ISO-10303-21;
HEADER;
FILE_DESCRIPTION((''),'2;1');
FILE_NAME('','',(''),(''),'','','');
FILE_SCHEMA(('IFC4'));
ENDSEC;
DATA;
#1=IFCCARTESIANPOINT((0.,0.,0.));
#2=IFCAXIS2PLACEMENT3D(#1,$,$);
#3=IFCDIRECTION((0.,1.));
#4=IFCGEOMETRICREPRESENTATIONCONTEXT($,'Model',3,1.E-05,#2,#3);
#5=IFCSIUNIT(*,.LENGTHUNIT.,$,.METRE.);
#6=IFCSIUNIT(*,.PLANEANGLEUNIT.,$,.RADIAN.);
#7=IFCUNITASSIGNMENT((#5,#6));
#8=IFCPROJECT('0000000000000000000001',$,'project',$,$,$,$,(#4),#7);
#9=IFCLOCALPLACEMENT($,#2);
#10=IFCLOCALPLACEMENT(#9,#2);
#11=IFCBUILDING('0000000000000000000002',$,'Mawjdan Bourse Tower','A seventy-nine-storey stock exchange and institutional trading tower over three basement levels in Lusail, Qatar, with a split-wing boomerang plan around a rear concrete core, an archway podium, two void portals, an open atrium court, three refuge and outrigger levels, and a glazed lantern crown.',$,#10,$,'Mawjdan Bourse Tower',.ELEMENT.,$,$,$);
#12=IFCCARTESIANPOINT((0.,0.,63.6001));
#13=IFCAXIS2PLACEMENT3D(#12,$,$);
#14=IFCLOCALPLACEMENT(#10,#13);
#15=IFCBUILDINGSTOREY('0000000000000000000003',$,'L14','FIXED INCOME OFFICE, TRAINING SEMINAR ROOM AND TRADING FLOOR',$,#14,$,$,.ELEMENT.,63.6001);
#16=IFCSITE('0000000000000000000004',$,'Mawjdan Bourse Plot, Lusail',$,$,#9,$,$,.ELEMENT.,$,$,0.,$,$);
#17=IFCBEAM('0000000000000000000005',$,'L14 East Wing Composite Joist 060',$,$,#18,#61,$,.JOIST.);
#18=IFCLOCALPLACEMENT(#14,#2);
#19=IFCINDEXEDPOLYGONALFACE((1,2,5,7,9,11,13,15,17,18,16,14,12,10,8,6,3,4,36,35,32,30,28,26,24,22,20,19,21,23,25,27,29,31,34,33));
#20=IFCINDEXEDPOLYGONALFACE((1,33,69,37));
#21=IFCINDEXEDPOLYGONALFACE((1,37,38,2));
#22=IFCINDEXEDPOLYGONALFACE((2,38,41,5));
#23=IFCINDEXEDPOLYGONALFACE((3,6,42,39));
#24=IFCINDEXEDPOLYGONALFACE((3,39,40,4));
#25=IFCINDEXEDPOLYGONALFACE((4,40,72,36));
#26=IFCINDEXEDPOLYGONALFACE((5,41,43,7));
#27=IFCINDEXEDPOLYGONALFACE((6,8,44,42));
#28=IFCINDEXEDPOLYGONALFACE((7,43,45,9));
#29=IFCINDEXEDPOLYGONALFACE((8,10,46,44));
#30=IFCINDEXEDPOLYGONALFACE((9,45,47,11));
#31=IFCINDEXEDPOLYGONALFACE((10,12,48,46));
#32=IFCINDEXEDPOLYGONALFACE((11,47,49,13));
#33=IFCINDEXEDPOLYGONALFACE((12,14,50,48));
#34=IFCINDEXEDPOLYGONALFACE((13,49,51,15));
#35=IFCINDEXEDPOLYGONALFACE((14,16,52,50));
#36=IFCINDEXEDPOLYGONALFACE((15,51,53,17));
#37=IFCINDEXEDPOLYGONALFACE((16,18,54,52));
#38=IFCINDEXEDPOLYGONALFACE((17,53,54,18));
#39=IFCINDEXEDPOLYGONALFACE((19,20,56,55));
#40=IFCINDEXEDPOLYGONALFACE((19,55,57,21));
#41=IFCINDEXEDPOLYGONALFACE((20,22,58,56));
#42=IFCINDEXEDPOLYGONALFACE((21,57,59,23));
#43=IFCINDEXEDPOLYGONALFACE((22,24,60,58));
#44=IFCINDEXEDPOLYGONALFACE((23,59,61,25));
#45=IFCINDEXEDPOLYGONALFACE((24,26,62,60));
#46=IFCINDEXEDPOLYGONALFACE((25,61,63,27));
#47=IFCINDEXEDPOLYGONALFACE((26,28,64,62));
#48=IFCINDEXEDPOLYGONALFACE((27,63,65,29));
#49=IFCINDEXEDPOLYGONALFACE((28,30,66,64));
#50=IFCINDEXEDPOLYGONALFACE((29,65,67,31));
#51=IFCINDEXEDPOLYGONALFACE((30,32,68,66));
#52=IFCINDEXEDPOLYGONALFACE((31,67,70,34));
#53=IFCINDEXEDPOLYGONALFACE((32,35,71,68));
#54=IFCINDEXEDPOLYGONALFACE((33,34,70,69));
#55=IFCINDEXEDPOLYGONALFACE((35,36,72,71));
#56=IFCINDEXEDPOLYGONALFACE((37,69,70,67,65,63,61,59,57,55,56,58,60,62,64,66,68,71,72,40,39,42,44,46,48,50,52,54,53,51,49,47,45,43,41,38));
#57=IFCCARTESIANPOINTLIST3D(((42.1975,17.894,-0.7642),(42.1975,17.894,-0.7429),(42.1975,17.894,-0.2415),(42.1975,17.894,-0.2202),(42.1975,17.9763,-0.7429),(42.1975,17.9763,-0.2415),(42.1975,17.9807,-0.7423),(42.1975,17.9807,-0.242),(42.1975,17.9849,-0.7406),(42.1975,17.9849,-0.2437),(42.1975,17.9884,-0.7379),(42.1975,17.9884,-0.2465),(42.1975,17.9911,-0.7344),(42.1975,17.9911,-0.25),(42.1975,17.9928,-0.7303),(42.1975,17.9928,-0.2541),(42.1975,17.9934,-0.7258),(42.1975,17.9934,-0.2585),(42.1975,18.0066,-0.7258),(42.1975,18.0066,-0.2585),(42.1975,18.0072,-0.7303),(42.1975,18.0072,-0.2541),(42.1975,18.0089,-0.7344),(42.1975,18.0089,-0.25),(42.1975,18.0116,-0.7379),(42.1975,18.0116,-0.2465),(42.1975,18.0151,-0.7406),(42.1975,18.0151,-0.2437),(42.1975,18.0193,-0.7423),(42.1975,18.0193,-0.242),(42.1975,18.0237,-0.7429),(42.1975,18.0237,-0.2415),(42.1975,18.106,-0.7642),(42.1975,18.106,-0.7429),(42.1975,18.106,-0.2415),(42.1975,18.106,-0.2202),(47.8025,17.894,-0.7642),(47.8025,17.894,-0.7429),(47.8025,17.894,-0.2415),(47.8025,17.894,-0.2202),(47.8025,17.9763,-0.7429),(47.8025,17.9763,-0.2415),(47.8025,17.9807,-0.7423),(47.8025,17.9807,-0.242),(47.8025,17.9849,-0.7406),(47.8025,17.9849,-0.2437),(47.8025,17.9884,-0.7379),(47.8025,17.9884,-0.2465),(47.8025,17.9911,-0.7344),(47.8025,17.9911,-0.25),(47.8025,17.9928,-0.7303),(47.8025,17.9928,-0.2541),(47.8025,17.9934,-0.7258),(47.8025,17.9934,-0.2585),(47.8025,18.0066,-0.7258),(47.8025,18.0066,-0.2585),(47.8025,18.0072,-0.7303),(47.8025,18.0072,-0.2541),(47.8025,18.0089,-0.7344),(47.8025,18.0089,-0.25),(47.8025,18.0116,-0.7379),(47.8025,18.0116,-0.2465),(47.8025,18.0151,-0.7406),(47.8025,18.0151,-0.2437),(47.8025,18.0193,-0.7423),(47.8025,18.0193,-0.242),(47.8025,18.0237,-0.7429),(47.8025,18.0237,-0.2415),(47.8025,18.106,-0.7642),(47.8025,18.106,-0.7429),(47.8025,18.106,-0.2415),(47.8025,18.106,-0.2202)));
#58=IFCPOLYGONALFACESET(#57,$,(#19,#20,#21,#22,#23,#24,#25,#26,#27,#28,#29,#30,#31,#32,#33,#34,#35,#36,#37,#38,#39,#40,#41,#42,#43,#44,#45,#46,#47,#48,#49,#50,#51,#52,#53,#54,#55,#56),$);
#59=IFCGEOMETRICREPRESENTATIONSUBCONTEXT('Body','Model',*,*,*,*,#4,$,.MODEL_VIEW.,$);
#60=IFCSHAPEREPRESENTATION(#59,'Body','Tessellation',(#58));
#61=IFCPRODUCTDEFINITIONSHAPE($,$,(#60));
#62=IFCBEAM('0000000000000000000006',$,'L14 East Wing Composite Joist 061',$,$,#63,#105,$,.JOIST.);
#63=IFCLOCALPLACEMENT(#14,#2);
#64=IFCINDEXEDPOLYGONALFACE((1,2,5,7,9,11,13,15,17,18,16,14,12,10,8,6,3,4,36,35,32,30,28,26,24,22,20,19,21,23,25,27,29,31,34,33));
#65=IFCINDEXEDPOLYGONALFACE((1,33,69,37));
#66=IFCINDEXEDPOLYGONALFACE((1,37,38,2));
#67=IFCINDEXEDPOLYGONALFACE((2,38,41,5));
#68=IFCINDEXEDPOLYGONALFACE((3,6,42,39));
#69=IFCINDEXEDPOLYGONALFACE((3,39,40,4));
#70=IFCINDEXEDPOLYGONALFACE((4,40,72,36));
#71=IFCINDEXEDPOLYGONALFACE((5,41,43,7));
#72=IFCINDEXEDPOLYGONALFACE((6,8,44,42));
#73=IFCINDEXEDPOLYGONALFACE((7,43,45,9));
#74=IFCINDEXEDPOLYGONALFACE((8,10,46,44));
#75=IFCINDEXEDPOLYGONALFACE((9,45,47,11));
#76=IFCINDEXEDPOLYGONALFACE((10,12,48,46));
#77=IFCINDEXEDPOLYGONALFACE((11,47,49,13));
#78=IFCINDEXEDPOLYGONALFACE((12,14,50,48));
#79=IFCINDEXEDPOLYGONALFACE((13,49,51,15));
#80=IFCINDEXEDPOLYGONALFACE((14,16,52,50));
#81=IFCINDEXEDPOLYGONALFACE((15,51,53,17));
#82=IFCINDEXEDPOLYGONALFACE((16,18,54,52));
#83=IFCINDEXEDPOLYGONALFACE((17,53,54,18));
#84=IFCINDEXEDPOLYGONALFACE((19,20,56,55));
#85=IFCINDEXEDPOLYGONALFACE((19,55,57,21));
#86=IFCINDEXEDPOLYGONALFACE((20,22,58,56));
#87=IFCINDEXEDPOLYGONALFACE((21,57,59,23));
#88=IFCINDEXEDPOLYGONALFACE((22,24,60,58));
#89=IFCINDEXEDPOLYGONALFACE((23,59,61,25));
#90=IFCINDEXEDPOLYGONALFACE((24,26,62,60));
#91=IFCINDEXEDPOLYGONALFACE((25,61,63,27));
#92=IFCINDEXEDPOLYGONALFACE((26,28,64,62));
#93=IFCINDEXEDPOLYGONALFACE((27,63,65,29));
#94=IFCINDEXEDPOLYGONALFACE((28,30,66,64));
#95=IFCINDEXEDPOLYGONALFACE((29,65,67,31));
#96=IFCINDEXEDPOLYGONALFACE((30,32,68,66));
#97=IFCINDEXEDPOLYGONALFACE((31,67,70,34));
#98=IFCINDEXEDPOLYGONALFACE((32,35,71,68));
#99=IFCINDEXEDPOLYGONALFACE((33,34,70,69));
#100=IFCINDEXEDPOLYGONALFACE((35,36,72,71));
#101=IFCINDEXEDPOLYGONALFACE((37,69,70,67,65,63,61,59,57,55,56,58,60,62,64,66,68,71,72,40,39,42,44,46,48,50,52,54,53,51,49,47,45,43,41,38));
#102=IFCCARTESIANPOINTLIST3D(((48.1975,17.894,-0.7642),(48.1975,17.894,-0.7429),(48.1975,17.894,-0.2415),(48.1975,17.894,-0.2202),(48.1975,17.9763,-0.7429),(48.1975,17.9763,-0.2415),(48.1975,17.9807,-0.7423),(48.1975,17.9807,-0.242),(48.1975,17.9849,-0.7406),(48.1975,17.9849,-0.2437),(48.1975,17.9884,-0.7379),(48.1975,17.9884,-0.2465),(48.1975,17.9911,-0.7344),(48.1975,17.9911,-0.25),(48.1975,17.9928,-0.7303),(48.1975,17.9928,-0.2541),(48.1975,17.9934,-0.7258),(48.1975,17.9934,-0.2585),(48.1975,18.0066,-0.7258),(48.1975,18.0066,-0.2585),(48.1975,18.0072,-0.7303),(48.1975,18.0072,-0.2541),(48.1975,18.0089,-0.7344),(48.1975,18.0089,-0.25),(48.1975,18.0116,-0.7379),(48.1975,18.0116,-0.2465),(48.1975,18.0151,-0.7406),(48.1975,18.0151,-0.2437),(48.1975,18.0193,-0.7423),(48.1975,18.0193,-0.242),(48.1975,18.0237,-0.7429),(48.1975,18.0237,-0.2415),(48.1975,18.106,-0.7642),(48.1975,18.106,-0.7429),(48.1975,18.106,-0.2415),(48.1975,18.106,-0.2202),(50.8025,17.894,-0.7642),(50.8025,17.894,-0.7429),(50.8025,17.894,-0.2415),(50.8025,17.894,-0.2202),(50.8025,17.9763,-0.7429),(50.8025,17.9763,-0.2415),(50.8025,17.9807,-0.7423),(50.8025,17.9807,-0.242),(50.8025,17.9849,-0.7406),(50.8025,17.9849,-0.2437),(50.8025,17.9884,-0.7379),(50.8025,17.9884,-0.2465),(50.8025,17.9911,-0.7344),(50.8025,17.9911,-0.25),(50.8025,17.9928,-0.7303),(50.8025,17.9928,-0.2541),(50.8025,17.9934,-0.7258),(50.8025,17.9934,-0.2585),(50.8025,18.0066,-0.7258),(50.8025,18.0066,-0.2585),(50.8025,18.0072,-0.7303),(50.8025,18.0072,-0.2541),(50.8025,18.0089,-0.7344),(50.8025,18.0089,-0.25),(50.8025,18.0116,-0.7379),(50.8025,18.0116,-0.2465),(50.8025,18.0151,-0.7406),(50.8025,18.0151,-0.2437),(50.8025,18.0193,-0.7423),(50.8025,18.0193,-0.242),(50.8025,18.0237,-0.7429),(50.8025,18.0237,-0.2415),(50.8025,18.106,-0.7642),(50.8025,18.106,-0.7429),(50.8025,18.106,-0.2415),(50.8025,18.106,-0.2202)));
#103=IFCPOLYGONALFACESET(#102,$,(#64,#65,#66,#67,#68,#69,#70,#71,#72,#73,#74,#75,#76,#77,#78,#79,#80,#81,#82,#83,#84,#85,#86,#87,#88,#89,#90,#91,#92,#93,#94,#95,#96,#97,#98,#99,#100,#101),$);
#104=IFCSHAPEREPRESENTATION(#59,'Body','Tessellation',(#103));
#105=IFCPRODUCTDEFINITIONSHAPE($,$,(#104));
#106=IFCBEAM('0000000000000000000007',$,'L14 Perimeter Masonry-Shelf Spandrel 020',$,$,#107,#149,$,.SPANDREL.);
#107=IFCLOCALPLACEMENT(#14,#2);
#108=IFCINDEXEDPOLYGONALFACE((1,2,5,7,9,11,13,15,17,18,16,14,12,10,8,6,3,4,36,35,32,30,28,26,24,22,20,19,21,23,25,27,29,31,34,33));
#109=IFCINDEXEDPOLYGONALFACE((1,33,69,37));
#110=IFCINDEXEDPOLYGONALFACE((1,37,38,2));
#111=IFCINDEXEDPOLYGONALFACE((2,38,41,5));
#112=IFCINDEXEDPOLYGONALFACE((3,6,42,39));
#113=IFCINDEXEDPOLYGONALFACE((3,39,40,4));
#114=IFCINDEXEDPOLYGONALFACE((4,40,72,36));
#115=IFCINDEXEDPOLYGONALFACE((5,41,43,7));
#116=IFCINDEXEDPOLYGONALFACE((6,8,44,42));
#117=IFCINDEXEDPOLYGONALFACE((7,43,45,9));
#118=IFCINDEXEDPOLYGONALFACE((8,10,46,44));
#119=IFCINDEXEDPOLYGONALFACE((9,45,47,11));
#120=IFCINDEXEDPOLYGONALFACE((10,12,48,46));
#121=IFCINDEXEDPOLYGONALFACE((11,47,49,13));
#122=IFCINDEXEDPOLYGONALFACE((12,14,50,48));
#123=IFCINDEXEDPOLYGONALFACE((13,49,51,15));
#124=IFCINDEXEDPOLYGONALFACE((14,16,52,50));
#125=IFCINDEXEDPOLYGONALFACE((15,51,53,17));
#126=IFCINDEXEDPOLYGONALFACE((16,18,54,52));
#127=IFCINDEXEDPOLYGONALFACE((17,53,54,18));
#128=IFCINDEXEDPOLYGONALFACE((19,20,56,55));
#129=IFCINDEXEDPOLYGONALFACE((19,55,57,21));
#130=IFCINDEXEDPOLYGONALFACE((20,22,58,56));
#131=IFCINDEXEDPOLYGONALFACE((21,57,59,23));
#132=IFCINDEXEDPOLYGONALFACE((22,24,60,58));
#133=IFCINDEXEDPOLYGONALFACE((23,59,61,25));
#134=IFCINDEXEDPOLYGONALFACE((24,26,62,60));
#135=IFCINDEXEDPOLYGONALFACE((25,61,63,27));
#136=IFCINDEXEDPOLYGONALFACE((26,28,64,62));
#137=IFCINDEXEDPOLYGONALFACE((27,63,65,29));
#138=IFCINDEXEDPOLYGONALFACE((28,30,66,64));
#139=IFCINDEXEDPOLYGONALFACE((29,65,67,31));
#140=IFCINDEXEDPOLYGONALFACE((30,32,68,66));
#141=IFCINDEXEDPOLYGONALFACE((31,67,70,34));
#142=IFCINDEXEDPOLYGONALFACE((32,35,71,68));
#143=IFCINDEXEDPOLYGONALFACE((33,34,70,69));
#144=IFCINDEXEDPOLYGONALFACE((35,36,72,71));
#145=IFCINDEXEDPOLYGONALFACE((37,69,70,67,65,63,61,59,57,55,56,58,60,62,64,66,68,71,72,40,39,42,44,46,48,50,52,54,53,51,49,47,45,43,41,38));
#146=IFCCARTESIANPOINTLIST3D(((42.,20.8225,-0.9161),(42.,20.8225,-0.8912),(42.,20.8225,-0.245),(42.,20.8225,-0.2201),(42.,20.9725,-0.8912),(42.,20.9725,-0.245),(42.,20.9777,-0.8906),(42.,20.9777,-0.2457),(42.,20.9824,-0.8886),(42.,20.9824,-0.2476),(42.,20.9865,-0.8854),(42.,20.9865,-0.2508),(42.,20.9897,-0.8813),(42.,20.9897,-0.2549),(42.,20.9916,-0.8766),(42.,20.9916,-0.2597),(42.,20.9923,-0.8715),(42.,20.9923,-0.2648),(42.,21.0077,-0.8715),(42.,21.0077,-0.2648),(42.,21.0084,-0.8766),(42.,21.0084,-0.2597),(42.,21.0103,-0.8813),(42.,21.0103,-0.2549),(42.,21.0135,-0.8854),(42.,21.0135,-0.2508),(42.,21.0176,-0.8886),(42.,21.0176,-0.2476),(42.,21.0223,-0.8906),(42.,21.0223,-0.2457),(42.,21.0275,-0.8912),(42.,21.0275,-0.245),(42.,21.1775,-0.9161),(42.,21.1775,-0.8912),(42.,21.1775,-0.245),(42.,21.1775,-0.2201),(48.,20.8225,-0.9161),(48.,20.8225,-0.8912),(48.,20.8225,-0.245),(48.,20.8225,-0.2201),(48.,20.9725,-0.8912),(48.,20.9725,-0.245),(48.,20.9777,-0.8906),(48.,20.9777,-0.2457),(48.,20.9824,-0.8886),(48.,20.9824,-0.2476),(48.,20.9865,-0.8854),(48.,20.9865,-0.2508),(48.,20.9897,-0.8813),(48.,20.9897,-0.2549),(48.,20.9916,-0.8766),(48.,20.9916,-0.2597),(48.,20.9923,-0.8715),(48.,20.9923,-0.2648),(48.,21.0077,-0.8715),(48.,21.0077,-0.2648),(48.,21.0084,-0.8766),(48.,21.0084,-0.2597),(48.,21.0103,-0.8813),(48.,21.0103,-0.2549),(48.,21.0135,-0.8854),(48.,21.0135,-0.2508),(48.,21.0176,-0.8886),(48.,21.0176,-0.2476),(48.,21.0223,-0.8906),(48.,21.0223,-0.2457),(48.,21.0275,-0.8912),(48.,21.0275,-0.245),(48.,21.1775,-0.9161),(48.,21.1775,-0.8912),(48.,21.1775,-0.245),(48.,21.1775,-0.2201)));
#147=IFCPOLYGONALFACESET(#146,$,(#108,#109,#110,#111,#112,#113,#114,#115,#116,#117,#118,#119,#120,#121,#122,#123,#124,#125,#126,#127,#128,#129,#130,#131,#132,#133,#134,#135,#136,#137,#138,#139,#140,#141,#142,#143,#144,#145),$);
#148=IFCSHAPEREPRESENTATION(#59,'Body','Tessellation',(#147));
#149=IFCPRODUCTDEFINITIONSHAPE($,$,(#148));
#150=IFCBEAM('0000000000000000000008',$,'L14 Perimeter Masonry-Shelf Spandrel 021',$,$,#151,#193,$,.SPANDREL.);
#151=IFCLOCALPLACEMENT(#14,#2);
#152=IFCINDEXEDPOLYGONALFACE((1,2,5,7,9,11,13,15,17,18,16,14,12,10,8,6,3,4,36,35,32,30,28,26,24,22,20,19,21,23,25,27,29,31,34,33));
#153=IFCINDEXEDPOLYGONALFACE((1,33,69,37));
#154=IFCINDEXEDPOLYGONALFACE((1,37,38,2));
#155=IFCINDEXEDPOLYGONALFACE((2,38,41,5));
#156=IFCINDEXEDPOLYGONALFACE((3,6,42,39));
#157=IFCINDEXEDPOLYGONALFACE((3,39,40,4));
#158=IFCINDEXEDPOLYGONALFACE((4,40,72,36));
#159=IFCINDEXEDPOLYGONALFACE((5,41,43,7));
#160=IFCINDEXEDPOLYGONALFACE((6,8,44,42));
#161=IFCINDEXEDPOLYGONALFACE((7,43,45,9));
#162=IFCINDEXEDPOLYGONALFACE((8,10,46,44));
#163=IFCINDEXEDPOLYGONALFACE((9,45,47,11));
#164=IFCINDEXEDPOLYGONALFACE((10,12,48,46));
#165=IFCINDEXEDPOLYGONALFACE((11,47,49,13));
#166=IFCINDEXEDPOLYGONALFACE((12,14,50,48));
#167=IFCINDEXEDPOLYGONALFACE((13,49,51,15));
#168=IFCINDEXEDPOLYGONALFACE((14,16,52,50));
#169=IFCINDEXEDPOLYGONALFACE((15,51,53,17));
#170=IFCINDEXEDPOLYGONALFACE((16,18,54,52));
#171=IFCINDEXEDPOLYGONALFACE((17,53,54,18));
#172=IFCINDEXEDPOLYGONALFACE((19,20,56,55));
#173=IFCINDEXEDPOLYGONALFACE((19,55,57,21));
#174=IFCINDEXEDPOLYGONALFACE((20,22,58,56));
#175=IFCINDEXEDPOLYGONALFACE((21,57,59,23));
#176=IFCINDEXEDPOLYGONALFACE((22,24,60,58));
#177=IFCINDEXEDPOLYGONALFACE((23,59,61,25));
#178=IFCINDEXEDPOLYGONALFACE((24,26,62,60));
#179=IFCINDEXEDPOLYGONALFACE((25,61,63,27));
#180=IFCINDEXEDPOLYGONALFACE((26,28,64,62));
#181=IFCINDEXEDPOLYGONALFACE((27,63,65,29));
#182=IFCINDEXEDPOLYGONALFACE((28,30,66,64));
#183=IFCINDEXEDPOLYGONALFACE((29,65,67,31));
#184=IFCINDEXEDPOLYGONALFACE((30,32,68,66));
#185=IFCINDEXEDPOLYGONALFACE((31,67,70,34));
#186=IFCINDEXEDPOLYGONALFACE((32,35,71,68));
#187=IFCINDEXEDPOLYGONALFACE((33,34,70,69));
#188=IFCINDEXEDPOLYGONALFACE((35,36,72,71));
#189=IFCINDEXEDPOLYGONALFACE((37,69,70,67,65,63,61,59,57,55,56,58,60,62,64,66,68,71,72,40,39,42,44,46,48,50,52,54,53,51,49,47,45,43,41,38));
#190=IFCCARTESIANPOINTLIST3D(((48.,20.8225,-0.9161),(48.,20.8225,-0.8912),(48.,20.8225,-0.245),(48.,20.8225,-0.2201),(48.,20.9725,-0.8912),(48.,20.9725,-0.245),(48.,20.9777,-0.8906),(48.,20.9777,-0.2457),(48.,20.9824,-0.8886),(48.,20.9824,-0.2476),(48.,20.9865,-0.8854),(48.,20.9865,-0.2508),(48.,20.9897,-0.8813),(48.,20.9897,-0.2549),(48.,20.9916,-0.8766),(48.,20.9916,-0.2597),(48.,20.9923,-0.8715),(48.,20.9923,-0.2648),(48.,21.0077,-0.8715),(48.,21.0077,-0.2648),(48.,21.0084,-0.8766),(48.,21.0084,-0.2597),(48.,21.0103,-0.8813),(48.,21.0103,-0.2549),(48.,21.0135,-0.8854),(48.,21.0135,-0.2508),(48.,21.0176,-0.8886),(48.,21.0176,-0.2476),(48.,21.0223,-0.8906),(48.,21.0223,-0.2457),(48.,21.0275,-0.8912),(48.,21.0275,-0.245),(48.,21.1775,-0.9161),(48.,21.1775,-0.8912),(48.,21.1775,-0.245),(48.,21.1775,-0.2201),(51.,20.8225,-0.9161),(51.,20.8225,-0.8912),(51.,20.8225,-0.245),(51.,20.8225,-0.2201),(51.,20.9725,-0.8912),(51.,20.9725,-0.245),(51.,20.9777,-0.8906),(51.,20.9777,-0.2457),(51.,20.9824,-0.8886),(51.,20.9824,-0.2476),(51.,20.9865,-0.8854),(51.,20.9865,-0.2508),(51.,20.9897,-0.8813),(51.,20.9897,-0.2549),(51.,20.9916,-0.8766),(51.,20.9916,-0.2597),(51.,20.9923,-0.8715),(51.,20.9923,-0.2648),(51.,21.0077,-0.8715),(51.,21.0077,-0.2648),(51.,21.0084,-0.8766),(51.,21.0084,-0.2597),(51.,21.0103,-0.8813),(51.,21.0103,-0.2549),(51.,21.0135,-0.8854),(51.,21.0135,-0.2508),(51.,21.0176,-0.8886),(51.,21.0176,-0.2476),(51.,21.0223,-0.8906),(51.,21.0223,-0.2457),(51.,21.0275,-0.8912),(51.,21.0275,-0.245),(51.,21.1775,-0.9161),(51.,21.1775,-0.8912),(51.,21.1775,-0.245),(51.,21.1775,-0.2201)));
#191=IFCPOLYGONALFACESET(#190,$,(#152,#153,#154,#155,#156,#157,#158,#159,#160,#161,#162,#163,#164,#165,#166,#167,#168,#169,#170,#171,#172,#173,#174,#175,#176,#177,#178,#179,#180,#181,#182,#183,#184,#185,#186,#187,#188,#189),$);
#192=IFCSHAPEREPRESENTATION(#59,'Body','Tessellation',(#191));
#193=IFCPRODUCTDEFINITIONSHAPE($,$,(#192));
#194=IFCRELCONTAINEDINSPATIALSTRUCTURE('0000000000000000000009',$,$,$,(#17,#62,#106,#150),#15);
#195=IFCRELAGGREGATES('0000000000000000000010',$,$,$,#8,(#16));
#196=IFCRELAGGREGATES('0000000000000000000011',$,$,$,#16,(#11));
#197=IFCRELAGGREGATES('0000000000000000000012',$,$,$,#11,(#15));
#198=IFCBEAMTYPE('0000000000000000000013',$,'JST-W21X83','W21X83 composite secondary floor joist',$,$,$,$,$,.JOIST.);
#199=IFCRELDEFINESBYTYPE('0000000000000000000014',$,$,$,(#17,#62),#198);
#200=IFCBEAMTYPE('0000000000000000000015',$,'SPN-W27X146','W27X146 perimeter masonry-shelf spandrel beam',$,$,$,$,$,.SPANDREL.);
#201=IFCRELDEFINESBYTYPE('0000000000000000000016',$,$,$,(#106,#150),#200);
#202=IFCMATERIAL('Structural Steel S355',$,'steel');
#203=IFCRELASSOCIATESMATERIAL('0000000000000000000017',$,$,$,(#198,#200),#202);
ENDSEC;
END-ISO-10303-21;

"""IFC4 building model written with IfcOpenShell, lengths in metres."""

from ifc_helpers import new_model, si_unit, direction, frame, origin, origin_2d, place, context, subcontext, project, spatial, i_section, extrude, material, material_profile, profile_set, type_object, element, save


model = new_model("IFC4")

# Units and contexts
model_context = context("Model", 3, precision=1e-05, world=origin(), true_north=direction((0.0, 1.0)))
body_context = subcontext(model_context, "Body", "Model", "MODEL_VIEW")
ifc_project = project(units=[si_unit("LENGTHUNIT", "METRE"), si_unit("PLANEANGLEUNIT", "RADIAN")], contexts=[model_context])

# Site, building, storey
site_placement = place(None, origin())
site = spatial("IfcSite", under=ifc_project, at=site_placement, Name="Mawjdan Bourse Plot, Lusail", CompositionType="ELEMENT", RefElevation=0.0)
building_placement = place(site_placement, origin())
building = spatial("IfcBuilding", under=site, at=building_placement, Name="Mawjdan Bourse Tower", Description="A seventy-nine-storey stock exchange and institutional trading tower over three basement levels in Lusail, Qatar, with a split-wing boomerang plan around a rear concrete core, an archway podium, two void portals, an open atrium court, three refuge and outrigger levels, and a glazed lantern crown.", LongName="Mawjdan Bourse Tower", CompositionType="ELEMENT")
storey_placement = place(building_placement, frame((0.0, 0.0, 63.6001)))
storey = spatial("IfcBuildingStorey", under=building, at=storey_placement, Name="L14", Description="FIXED INCOME OFFICE, TRAINING SEMINAR ROOM AND TRADING FLOOR", CompositionType="ELEMENT", Elevation=63.6001)

# Beams
ifc_material_1 = material(Name="Structural Steel S355", Category="steel")
ifc_material_profile_1 = material_profile(ifc_material_1, i_section(OverallWidth=0.2119, OverallDepth=0.5439, WebThickness=0.0132, FlangeThickness=0.0212, FilletRadius=0.0171, at=origin_2d()), Name="W21X83")
ifc_profile_set_1 = profile_set([ifc_material_profile_1], Name="Structural Steel S355")
beam_type_1 = type_object("IfcBeamType", Name="JST-W21X83", Description="W21X83 composite secondary floor joist", PredefinedType="JOIST", material=ifc_profile_set_1)
beam_1_placement = place(storey_placement, frame((42.1975, 18.0, -0.4922), z_axis=(1.0, 0.0, 0.0), x_axis=(0.0, 1.0, 0.0)))
element("IfcBeam", 1, at=beam_1_placement, inside=storey, type_object=beam_type_1, Name="L14 East Wing Composite Joist 060", PredefinedType="JOIST", context=body_context, shape_type="SweptSolid", body=[
    extrude(i_section(OverallWidth=0.2119, OverallDepth=0.5439, WebThickness=0.0132, FlangeThickness=0.0212, FilletRadius=0.0171, at=origin_2d()), origin(), (0.0, 0.0, 1.0), 5.605),
])
beam_2_placement = place(storey_placement, frame((48.1975, 18.0, -0.4922), z_axis=(1.0, 0.0, 0.0), x_axis=(0.0, 1.0, 0.0)))
element("IfcBeam", 2, at=beam_2_placement, inside=storey, type_object=beam_type_1, Name="L14 East Wing Composite Joist 061", PredefinedType="JOIST", context=body_context, shape_type="SweptSolid", body=[
    extrude(i_section(OverallWidth=0.2119, OverallDepth=0.5439, WebThickness=0.0132, FlangeThickness=0.0212, FilletRadius=0.0171, at=origin_2d()), origin(), (0.0, 0.0, 1.0), 2.605),
])
ifc_material_profile_2 = material_profile(ifc_material_1, i_section(OverallWidth=0.355, OverallDepth=0.696, WebThickness=0.0154, FlangeThickness=0.0249, FilletRadius=0.0198, at=origin_2d()), Name="W27X146")
ifc_profile_set_2 = profile_set([ifc_material_profile_2], Name="Structural Steel S355")
beam_type_2 = type_object("IfcBeamType", Name="SPN-W27X146", Description="W27X146 perimeter masonry-shelf spandrel beam", PredefinedType="SPANDREL", material=ifc_profile_set_2)
beam_3_placement = place(storey_placement, frame((42.0, 21.0, -0.5681), z_axis=(1.0, 0.0, 0.0), x_axis=(0.0, 1.0, 0.0)))
element("IfcBeam", 3, at=beam_3_placement, inside=storey, type_object=beam_type_2, Name="L14 Perimeter Masonry-Shelf Spandrel 020", PredefinedType="SPANDREL", context=body_context, shape_type="SweptSolid", body=[
    extrude(i_section(OverallWidth=0.355, OverallDepth=0.696, WebThickness=0.0154, FlangeThickness=0.0249, FilletRadius=0.0198, at=origin_2d()), origin(), (0.0, 0.0, 1.0), 6.0),
])
for number, where, z_axis, x_axis, name in (
    (4, (48.0, 21.0, -0.5681), (1.0, 0.0, 0.0), (0.0, 1.0, 0.0), "L14 Perimeter Masonry-Shelf Spandrel 021"),
):
    element("IfcBeam", number, at=place(storey_placement, frame(where, z_axis=z_axis, x_axis=x_axis)), inside=storey, type_object=beam_type_2, Name=name, PredefinedType="SPANDREL", context=body_context, shape_type="SweptSolid", body=[
        extrude(i_section(OverallWidth=0.355, OverallDepth=0.696, WebThickness=0.0154, FlangeThickness=0.0249, FilletRadius=0.0198, at=origin_2d()), origin(), (0.0, 0.0, 1.0), 3.0),
    ])

save(model, "model.ifc")
